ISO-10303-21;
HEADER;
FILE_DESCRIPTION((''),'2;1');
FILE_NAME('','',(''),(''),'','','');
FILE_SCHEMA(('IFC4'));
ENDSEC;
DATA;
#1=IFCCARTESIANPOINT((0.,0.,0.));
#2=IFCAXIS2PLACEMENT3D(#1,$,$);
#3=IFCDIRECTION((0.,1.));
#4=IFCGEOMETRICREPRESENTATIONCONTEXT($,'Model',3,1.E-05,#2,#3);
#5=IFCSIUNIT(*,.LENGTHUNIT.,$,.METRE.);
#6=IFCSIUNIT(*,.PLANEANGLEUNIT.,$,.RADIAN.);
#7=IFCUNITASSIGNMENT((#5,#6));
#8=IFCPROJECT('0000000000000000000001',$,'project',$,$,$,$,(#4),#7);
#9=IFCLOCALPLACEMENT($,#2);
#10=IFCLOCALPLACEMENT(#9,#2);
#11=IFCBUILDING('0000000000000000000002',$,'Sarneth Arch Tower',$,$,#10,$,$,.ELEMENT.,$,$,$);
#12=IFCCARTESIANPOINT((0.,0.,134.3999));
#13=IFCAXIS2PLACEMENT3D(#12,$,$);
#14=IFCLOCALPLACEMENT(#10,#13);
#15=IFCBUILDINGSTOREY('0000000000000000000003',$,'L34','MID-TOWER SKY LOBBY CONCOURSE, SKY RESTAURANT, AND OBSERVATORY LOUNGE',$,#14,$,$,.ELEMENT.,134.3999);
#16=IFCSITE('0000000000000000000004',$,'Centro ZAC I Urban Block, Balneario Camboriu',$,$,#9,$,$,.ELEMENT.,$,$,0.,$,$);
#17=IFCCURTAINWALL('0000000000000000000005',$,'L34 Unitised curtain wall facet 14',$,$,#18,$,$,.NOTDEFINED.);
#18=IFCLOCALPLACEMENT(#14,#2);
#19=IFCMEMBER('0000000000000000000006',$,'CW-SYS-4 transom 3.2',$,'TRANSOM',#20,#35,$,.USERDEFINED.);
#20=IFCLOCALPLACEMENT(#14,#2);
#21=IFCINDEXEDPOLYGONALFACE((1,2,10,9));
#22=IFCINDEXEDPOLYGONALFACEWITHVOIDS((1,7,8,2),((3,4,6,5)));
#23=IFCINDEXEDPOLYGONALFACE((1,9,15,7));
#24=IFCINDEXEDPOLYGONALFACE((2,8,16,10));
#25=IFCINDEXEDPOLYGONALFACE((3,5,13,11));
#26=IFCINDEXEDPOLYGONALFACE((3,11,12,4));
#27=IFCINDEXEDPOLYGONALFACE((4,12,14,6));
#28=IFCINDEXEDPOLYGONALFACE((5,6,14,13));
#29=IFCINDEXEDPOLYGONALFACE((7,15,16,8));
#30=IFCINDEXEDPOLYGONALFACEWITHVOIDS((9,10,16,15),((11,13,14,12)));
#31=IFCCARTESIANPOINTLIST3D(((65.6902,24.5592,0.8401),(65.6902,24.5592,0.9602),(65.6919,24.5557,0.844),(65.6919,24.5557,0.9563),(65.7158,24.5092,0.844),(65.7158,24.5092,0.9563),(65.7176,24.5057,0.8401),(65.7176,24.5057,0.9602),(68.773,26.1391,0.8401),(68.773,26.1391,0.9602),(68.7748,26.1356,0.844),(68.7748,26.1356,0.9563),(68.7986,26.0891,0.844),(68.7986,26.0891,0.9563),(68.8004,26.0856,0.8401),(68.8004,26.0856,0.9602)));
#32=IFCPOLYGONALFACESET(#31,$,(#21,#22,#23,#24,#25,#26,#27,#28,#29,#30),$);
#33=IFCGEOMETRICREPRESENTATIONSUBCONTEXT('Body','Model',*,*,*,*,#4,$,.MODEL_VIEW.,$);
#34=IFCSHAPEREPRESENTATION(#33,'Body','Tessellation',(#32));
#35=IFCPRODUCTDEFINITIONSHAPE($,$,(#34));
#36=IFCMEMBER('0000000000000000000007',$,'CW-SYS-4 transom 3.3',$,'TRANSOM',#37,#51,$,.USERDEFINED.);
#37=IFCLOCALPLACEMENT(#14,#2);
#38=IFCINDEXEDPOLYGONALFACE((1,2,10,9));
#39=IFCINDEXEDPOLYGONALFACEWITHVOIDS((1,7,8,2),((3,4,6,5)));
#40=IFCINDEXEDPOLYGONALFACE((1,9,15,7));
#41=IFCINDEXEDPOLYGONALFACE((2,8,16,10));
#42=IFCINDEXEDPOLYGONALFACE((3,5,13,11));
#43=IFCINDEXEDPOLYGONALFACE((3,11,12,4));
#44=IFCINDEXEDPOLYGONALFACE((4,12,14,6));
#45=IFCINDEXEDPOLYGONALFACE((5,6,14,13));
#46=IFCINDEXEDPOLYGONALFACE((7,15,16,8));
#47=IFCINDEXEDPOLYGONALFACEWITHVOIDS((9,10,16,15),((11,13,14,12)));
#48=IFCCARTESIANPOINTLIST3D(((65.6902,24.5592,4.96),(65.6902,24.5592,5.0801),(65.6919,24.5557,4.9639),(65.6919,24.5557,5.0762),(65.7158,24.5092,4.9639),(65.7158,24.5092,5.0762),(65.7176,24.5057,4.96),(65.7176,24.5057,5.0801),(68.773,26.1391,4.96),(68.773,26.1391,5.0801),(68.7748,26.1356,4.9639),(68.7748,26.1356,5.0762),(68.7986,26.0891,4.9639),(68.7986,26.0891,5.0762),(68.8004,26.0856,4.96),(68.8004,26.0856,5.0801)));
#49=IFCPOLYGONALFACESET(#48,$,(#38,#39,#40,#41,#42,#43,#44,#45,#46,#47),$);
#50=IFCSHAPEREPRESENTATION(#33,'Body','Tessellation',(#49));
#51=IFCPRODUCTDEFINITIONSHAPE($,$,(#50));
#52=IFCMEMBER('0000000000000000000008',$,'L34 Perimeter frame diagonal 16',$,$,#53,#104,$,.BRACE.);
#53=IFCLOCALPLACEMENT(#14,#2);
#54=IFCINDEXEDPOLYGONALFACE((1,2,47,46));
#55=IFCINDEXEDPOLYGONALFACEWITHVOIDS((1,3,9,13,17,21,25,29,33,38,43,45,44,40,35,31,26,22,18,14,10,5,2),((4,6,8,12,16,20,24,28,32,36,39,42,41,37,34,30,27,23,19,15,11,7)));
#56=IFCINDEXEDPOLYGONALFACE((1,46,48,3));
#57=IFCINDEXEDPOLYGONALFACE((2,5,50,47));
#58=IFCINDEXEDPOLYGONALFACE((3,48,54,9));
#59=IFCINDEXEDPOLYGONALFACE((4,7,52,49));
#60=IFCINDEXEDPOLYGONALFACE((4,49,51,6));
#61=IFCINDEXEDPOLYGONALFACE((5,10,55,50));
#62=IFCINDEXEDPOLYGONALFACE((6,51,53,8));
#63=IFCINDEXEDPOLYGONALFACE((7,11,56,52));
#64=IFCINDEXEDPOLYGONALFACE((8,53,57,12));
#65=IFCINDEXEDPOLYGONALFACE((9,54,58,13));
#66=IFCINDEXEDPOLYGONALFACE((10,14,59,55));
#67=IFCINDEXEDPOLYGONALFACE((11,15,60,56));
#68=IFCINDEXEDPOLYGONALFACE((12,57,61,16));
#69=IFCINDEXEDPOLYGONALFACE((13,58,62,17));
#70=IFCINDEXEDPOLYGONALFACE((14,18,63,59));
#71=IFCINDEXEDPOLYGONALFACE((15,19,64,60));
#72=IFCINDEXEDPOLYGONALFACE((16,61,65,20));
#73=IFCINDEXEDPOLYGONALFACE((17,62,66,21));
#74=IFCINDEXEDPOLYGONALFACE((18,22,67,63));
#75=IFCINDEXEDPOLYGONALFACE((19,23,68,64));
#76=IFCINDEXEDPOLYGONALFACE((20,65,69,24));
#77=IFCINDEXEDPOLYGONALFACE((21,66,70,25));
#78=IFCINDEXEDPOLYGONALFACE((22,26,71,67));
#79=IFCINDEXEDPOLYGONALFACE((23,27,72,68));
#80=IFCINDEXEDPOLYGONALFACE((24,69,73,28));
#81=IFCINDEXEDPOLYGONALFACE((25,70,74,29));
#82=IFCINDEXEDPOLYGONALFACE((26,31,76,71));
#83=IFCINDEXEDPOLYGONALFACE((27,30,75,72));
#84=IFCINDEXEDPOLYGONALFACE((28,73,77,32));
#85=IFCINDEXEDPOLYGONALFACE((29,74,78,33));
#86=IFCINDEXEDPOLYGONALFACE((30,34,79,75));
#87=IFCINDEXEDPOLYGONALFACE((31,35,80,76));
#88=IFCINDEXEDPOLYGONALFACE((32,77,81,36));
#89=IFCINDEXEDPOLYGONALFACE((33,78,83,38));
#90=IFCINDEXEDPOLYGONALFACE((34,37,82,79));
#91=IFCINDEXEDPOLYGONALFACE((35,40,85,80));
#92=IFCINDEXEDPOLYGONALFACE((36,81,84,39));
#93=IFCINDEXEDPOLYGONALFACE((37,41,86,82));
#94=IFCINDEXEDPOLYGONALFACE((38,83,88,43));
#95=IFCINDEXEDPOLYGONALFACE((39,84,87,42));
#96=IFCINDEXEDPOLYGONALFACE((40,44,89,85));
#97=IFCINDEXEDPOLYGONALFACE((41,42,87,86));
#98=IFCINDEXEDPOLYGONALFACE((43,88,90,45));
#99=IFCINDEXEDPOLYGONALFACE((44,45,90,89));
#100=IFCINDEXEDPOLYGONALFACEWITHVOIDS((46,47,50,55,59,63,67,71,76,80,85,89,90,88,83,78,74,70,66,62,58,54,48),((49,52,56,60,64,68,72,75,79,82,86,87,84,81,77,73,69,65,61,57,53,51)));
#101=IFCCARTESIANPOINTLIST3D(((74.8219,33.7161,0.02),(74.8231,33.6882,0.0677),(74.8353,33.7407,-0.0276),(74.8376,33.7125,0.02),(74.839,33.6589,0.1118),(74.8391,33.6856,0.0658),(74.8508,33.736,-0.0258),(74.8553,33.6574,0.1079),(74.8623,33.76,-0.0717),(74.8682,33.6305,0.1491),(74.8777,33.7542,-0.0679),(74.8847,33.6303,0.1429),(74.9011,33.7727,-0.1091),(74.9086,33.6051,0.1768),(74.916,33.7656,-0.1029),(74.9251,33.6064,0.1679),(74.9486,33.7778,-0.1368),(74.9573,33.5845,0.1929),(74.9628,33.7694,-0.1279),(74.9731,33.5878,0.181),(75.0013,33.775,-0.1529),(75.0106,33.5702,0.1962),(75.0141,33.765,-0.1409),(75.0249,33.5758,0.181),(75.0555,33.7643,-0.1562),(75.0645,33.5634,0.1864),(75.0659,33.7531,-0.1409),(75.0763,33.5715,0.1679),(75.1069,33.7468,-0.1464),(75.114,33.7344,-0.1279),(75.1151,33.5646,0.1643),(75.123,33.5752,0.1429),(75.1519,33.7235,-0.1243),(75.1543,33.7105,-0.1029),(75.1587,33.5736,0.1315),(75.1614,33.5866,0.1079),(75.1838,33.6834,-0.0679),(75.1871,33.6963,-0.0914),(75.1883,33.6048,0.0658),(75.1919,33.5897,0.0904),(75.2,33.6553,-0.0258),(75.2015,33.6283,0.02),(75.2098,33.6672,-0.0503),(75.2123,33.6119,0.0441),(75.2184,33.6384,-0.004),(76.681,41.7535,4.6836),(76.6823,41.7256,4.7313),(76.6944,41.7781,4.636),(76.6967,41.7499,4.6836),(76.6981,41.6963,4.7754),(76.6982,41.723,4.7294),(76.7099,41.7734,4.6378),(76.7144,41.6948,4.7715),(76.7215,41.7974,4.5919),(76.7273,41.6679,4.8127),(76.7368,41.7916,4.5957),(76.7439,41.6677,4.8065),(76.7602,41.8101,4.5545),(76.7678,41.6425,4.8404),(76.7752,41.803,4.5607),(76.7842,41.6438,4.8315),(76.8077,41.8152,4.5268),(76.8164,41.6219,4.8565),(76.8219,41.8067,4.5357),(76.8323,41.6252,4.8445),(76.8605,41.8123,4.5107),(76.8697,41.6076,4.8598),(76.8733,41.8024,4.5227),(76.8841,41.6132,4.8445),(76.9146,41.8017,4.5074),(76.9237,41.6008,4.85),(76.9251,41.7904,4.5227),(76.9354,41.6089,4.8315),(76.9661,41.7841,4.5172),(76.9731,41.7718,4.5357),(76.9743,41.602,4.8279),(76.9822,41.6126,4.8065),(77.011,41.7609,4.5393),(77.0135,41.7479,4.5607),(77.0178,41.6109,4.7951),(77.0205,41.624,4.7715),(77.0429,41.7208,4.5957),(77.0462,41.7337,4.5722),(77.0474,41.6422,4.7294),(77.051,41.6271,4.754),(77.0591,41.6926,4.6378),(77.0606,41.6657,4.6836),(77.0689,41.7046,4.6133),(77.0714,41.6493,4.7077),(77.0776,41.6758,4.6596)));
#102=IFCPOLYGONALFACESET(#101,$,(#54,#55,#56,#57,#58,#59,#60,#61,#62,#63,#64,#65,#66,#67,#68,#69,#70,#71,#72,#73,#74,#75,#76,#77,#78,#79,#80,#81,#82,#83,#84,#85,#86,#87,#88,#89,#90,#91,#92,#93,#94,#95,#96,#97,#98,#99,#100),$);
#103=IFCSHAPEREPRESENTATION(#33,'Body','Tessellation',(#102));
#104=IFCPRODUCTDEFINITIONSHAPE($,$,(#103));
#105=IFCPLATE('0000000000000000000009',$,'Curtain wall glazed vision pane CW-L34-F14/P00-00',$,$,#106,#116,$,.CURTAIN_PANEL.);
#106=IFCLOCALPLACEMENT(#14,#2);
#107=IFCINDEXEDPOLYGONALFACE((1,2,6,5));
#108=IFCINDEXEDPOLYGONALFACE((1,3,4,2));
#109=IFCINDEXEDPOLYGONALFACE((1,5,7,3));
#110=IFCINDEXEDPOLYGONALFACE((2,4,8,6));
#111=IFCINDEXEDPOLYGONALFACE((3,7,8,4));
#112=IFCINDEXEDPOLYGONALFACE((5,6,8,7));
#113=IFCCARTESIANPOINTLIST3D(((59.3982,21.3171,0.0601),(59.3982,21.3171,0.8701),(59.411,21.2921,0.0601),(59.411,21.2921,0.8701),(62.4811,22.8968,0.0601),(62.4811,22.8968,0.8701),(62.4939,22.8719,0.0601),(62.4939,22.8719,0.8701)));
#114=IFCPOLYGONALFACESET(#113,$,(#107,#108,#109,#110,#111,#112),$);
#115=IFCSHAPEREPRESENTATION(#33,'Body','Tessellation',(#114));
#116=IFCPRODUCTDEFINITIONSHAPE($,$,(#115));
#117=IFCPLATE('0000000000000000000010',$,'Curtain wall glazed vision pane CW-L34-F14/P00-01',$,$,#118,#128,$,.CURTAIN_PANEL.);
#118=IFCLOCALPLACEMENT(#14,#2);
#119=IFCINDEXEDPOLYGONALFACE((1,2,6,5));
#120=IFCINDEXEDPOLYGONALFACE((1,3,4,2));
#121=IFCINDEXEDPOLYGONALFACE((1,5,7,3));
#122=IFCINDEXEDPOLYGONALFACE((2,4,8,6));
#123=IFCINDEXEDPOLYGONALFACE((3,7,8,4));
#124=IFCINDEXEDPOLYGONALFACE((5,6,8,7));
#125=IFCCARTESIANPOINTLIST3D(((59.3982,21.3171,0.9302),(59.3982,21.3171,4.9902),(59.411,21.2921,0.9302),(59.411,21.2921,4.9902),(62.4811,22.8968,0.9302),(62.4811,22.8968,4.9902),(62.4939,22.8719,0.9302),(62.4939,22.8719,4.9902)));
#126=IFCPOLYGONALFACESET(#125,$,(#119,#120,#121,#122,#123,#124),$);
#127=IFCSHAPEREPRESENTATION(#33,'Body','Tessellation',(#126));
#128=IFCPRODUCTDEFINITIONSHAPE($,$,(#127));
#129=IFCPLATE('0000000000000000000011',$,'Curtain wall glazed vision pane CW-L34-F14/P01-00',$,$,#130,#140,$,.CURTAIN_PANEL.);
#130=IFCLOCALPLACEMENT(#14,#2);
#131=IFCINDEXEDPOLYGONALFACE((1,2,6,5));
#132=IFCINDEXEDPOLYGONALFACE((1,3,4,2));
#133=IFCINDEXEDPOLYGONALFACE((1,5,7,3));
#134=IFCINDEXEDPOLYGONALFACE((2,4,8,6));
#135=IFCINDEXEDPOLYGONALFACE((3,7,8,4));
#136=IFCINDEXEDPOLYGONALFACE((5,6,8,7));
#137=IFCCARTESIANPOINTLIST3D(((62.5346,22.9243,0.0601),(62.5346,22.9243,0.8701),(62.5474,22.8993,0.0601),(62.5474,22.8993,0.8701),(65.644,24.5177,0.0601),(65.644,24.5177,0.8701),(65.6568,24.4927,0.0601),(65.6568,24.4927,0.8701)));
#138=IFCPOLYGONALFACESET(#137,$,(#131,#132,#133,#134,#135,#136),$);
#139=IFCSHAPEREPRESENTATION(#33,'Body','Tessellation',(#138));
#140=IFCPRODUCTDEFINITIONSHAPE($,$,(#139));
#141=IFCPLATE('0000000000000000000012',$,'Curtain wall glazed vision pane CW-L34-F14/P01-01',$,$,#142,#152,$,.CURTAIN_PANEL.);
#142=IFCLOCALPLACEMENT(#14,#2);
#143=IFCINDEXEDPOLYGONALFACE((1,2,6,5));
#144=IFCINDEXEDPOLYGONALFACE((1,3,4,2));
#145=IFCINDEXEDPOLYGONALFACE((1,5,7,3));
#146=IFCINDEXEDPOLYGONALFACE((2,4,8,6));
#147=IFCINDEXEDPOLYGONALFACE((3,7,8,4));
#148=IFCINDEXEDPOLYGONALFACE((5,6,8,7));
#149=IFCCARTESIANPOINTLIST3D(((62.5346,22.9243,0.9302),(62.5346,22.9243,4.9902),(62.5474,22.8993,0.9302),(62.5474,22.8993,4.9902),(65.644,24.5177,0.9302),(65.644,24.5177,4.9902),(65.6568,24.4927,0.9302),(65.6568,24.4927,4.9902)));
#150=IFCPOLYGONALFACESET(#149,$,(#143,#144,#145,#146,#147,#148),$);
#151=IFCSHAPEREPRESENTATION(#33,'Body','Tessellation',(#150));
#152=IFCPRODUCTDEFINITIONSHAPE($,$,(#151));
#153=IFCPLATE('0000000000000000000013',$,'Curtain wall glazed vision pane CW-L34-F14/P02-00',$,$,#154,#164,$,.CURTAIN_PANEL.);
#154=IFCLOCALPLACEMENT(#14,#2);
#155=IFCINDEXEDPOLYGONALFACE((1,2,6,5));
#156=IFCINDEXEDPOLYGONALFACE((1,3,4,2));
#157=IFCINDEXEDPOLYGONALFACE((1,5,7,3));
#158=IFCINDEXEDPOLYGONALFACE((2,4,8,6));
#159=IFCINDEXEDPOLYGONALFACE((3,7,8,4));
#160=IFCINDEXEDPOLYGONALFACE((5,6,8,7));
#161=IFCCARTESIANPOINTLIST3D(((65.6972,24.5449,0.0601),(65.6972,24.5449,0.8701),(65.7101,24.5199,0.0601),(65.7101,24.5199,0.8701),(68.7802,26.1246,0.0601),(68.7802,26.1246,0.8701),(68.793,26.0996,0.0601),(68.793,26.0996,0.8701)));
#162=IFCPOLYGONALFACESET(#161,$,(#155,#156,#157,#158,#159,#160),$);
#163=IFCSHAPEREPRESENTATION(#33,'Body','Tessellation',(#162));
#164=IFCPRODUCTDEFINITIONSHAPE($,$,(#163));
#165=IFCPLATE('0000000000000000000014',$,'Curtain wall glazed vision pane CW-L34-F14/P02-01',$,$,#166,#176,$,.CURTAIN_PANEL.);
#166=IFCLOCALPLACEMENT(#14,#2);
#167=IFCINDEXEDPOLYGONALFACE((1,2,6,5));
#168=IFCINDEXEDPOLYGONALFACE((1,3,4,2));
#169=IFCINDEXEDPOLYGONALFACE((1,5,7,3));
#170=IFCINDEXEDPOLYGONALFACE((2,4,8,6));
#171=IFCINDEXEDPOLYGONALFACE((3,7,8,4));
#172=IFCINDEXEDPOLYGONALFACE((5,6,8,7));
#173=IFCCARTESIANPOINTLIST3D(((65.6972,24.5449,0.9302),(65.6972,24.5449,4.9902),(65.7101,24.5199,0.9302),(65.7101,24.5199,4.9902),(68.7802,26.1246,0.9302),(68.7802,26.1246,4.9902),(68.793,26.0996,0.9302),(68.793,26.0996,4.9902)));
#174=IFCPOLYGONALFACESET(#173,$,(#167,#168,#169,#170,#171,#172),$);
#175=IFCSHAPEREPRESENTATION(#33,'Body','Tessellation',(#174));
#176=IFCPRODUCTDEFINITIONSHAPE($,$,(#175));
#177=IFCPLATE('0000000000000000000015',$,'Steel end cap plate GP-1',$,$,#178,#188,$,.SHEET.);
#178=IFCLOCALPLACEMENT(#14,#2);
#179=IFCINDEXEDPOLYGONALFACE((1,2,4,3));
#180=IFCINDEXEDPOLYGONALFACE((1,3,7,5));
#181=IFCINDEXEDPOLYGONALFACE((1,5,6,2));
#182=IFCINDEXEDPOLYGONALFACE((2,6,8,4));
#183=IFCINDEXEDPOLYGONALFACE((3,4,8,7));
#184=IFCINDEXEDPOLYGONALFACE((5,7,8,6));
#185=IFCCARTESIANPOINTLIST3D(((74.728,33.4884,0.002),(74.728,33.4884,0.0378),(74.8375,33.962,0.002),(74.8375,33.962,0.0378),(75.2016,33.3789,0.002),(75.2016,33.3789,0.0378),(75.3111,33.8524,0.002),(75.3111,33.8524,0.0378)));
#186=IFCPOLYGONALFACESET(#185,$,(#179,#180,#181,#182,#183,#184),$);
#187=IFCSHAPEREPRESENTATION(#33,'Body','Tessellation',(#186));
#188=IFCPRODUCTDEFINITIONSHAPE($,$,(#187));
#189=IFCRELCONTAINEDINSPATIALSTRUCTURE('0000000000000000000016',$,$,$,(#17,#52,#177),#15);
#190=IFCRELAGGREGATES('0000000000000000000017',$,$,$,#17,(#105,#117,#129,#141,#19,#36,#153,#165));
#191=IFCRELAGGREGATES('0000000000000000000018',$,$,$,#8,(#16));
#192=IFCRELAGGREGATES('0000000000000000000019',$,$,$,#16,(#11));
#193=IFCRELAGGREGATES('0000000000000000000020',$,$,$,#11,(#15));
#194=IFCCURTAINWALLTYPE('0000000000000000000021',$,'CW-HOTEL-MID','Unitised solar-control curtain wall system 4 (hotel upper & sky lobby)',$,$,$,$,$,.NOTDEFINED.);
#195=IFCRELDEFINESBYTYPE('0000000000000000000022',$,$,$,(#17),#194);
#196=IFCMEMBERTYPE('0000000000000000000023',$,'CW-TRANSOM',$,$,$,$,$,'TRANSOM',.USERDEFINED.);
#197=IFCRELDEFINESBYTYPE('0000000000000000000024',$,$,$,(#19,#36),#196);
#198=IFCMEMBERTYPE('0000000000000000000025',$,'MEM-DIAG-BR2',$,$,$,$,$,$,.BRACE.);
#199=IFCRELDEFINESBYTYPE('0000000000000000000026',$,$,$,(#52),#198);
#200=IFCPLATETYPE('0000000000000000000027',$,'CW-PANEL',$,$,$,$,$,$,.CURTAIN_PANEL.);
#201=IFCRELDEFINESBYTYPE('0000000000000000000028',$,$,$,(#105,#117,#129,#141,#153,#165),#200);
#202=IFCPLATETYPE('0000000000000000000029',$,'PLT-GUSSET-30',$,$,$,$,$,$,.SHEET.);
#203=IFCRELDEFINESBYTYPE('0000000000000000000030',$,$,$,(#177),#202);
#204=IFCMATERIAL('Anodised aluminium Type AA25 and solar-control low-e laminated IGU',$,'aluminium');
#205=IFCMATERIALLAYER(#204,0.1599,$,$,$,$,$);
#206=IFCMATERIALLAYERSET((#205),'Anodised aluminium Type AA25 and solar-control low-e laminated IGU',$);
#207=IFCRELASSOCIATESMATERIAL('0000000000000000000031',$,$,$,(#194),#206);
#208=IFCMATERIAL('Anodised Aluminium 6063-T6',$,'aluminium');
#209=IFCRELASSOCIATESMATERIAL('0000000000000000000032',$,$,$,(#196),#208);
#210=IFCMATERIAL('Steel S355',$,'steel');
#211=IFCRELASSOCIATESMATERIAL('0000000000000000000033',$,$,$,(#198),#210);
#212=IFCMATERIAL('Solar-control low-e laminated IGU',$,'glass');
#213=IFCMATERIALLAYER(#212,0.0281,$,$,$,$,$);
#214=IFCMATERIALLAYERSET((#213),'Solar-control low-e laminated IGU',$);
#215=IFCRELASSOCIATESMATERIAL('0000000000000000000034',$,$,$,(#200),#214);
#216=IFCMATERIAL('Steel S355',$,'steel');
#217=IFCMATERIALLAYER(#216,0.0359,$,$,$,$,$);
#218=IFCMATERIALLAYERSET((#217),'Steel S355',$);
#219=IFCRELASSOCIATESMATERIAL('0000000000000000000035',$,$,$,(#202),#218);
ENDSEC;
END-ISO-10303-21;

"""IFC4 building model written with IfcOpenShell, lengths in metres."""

from ifc_helpers import new_model, si_unit, direction, frame, origin, origin_2d, place, context, subcontext, project, spatial, rectangle, hollow_rectangle, hollow_circle, extrude, material, layer, layer_set, material_profile, profile_set, type_object, element, aggregate, save


model = new_model("IFC4")

# Units and contexts
model_context = context("Model", 3, precision=1e-05, world=origin(), true_north=direction((0.0, 1.0)))
body_context = subcontext(model_context, "Body", "Model", "MODEL_VIEW")
ifc_project = project(units=[si_unit("LENGTHUNIT", "METRE"), si_unit("PLANEANGLEUNIT", "RADIAN")], contexts=[model_context])

# Site, building, storey
site_placement = place(None, origin())
site = spatial("IfcSite", under=ifc_project, at=site_placement, Name="Centro ZAC I Urban Block, Balneario Camboriu", CompositionType="ELEMENT", RefElevation=0.0)
building_placement = place(site_placement, origin())
building = spatial("IfcBuilding", under=site, at=building_placement, Name="Sarneth Arch Tower", CompositionType="ELEMENT")
storey_placement = place(building_placement, frame((0.0, 0.0, 134.3999)))
storey = spatial("IfcBuildingStorey", under=building, at=storey_placement, Name="L34", Description="MID-TOWER SKY LOBBY CONCOURSE, SKY RESTAURANT, AND OBSERVATORY LOUNGE", CompositionType="ELEMENT", Elevation=134.3999)

# Curtain wall, members
ifc_material_1 = material(Name="Anodised aluminium Type AA25 and solar-control low-e laminated IGU", Category="aluminium")
ifc_layer_1 = layer(ifc_material_1, 0.1599)
ifc_layer_set_1 = layer_set([ifc_layer_1], Name="Anodised aluminium Type AA25 and solar-control low-e laminated IGU")
curtain_wall_type = type_object("IfcCurtainWallType", Name="CW-HOTEL-MID", Description="Unitised solar-control curtain wall system 4 (hotel upper & sky lobby)", PredefinedType="NOTDEFINED", material=ifc_layer_set_1)
curtain_wall_placement = place(storey_placement, origin())
curtain_wall = element("IfcCurtainWall", 1, at=curtain_wall_placement, inside=storey, type_object=curtain_wall_type, Name="L34 Unitised curtain wall facet 14", PredefinedType="NOTDEFINED")
ifc_material_2 = material(Name="Anodised Aluminium 6063-T6", Category="aluminium")
ifc_material_profile_1 = material_profile(ifc_material_2, hollow_rectangle(XDim=0.0601, YDim=0.1201, WallThickness=0.0039, at=origin_2d()), Name="AL-TRAN-120x60x4")
ifc_profile_set_1 = profile_set([ifc_material_profile_1], Name="Anodised Aluminium 6063-T6")
member_type_1 = type_object("IfcMemberType", Name="CW-TRANSOM", ElementType="TRANSOM", PredefinedType="USERDEFINED", material=ifc_profile_set_1)
member_1_placement = place(storey_placement, frame((65.7039, 24.5325, 0.9001), z_axis=(0.889943, 0.456072, 0.0), x_axis=(-0.456072, 0.889943, 0.0)))
member_1 = element("IfcMember", 2, at=member_1_placement, type_object=member_type_1, Name="CW-SYS-4 transom 3.2", ObjectType="TRANSOM", PredefinedType="USERDEFINED", context=body_context, shape_type="SweptSolid", body=[
    extrude(hollow_rectangle(XDim=0.0601, YDim=0.1201, WallThickness=0.0039, at=origin_2d()), origin(), (0.0, 0.0, 1.0), 3.4641),
])
member_2_placement = place(storey_placement, frame((65.7039, 24.5325, 5.02), z_axis=(0.889943, 0.456072, 0.0), x_axis=(-0.456072, 0.889943, 0.0)))
member_2 = element("IfcMember", 3, at=member_2_placement, type_object=member_type_1, Name="CW-SYS-4 transom 3.3", ObjectType="TRANSOM", PredefinedType="USERDEFINED", context=body_context, shape_type="SweptSolid", body=[
    extrude(hollow_rectangle(XDim=0.0601, YDim=0.1201, WallThickness=0.0039, at=origin_2d()), origin(), (0.0, 0.0, 1.0), 3.4641),
])

# Member
ifc_material_3 = material(Name="Steel S355", Category="steel")
ifc_material_profile_2 = material_profile(ifc_material_3, hollow_circle(Radius=0.2029, WallThickness=0.0161, at=origin_2d()), Name="CHS406x16")
ifc_profile_set_2 = profile_set([ifc_material_profile_2], Name="Steel S355")
member_type_2 = type_object("IfcMemberType", Name="MEM-DIAG-BR2", PredefinedType="BRACE", material=ifc_profile_set_2)
member_3_placement = place(storey_placement, frame((75.0195, 33.6704, 0.02), z_axis=(0.196183, 0.848134, 0.492119), x_axis=(-0.974275, 0.225361, 0.0)))
element("IfcMember", 4, at=member_3_placement, inside=storey, type_object=member_type_2, Name="L34 Perimeter frame diagonal 16", PredefinedType="BRACE", context=body_context, shape_type="SweptSolid", body=[
    extrude(hollow_circle(Radius=0.2029, WallThickness=0.0161, at=origin_2d()), origin(), (0.0, 0.0, 1.0), 9.4766),
])

# Plates
ifc_material_4 = material(Name="Solar-control low-e laminated IGU", Category="glass")
ifc_layer_2 = layer(ifc_material_4, 0.0281)
ifc_layer_set_2 = layer_set([ifc_layer_2], Name="Solar-control low-e laminated IGU")
plate_type_1 = type_object("IfcPlateType", Name="CW-PANEL", PredefinedType="CURTAIN_PANEL", material=ifc_layer_set_2)
plate_1_placement = place(storey_placement, frame((60.946, 22.0945, 0.0601), z_axis=(0.0, 0.0, 1.0), x_axis=(0.889964, 0.456031, 0.0)))
plate_1 = element("IfcPlate", 5, at=plate_1_placement, type_object=plate_type_1, Name="Curtain wall glazed vision pane CW-L34-F14/P00-00", PredefinedType="CURTAIN_PANEL", context=body_context, shape_type="SweptSolid", body=[
    extrude(rectangle(XDim=3.4641, YDim=0.0281, at=origin_2d()), origin(), (0.0, 0.0, 1.0), 0.8101),
])
plate_2_placement = place(storey_placement, frame((60.946, 22.0945, 0.9302), z_axis=(0.0, 0.0, 1.0), x_axis=(0.889964, 0.456031, 0.0)))
plate_2 = element("IfcPlate", 6, at=plate_2_placement, type_object=plate_type_1, Name="Curtain wall glazed vision pane CW-L34-F14/P00-01", PredefinedType="CURTAIN_PANEL", context=body_context, shape_type="SweptSolid", body=[
    extrude(rectangle(XDim=3.4641, YDim=0.0281, at=origin_2d()), origin(), (0.0, 0.0, 1.0), 4.0601),
])
plate_3_placement = place(storey_placement, frame((64.0957, 23.7085, 0.0601), z_axis=(0.0, 0.0, 1.0), x_axis=(0.889964, 0.456031, 0.0)))
plate_3 = element("IfcPlate", 7, at=plate_3_placement, type_object=plate_type_1, Name="Curtain wall glazed vision pane CW-L34-F14/P01-00", PredefinedType="CURTAIN_PANEL", context=body_context, shape_type="SweptSolid", body=[
    extrude(rectangle(XDim=3.4939, YDim=0.0281, at=origin_2d()), origin(), (0.0, 0.0, 1.0), 0.8101),
])
plate_4_placement = place(storey_placement, frame((64.0957, 23.7085, 0.9302), z_axis=(0.0, 0.0, 1.0), x_axis=(0.889964, 0.456031, 0.0)))
plate_4 = element("IfcPlate", 8, at=plate_4_placement, type_object=plate_type_1, Name="Curtain wall glazed vision pane CW-L34-F14/P01-01", PredefinedType="CURTAIN_PANEL", context=body_context, shape_type="SweptSolid", body=[
    extrude(rectangle(XDim=3.4939, YDim=0.0281, at=origin_2d()), origin(), (0.0, 0.0, 1.0), 4.0601),
])
plate_5_placement = place(storey_placement, frame((67.2451, 25.3223, 0.0601), z_axis=(0.0, 0.0, 1.0), x_axis=(0.889964, 0.456031, 0.0)))
plate_5 = element("IfcPlate", 9, at=plate_5_placement, type_object=plate_type_1, Name="Curtain wall glazed vision pane CW-L34-F14/P02-00", PredefinedType="CURTAIN_PANEL", context=body_context, shape_type="SweptSolid", body=[
    extrude(rectangle(XDim=3.4641, YDim=0.0281, at=origin_2d()), origin(), (0.0, 0.0, 1.0), 0.8101),
])
plate_6_placement = place(storey_placement, frame((67.2451, 25.3223, 0.9302), z_axis=(0.0, 0.0, 1.0), x_axis=(0.889964, 0.456031, 0.0)))
plate_6 = element("IfcPlate", 10, at=plate_6_placement, type_object=plate_type_1, Name="Curtain wall glazed vision pane CW-L34-F14/P02-01", PredefinedType="CURTAIN_PANEL", context=body_context, shape_type="SweptSolid", body=[
    extrude(rectangle(XDim=3.4641, YDim=0.0281, at=origin_2d()), origin(), (0.0, 0.0, 1.0), 4.0601),
])
aggregate(curtain_wall, [plate_1, plate_2, plate_3, plate_4, member_1, member_2, plate_5, plate_6])

# Plate
ifc_material_5 = material(Name="Steel S355", Category="steel")
ifc_layer_3 = layer(ifc_material_5, 0.0359)
ifc_layer_set_3 = layer_set([ifc_layer_3], Name="Steel S355")
plate_type_2 = type_object("IfcPlateType", Name="PLT-GUSSET-30", PredefinedType="SHEET", material=ifc_layer_set_3)
plate_7_placement = place(storey_placement, frame((75.0195, 33.6704, 0.002), z_axis=(0.0, 0.0, 1.0), x_axis=(0.225291, 0.974291, 0.0)))
element("IfcPlate", 11, at=plate_7_placement, inside=storey, type_object=plate_type_2, Name="Steel end cap plate GP-1", PredefinedType="SHEET", context=body_context, shape_type="SweptSolid", body=[
    extrude(rectangle(XDim=0.4861, YDim=0.4861, at=origin_2d()), origin(), (0.0, 0.0, 1.0), 0.0359),
])

save(model, "model.ifc")
